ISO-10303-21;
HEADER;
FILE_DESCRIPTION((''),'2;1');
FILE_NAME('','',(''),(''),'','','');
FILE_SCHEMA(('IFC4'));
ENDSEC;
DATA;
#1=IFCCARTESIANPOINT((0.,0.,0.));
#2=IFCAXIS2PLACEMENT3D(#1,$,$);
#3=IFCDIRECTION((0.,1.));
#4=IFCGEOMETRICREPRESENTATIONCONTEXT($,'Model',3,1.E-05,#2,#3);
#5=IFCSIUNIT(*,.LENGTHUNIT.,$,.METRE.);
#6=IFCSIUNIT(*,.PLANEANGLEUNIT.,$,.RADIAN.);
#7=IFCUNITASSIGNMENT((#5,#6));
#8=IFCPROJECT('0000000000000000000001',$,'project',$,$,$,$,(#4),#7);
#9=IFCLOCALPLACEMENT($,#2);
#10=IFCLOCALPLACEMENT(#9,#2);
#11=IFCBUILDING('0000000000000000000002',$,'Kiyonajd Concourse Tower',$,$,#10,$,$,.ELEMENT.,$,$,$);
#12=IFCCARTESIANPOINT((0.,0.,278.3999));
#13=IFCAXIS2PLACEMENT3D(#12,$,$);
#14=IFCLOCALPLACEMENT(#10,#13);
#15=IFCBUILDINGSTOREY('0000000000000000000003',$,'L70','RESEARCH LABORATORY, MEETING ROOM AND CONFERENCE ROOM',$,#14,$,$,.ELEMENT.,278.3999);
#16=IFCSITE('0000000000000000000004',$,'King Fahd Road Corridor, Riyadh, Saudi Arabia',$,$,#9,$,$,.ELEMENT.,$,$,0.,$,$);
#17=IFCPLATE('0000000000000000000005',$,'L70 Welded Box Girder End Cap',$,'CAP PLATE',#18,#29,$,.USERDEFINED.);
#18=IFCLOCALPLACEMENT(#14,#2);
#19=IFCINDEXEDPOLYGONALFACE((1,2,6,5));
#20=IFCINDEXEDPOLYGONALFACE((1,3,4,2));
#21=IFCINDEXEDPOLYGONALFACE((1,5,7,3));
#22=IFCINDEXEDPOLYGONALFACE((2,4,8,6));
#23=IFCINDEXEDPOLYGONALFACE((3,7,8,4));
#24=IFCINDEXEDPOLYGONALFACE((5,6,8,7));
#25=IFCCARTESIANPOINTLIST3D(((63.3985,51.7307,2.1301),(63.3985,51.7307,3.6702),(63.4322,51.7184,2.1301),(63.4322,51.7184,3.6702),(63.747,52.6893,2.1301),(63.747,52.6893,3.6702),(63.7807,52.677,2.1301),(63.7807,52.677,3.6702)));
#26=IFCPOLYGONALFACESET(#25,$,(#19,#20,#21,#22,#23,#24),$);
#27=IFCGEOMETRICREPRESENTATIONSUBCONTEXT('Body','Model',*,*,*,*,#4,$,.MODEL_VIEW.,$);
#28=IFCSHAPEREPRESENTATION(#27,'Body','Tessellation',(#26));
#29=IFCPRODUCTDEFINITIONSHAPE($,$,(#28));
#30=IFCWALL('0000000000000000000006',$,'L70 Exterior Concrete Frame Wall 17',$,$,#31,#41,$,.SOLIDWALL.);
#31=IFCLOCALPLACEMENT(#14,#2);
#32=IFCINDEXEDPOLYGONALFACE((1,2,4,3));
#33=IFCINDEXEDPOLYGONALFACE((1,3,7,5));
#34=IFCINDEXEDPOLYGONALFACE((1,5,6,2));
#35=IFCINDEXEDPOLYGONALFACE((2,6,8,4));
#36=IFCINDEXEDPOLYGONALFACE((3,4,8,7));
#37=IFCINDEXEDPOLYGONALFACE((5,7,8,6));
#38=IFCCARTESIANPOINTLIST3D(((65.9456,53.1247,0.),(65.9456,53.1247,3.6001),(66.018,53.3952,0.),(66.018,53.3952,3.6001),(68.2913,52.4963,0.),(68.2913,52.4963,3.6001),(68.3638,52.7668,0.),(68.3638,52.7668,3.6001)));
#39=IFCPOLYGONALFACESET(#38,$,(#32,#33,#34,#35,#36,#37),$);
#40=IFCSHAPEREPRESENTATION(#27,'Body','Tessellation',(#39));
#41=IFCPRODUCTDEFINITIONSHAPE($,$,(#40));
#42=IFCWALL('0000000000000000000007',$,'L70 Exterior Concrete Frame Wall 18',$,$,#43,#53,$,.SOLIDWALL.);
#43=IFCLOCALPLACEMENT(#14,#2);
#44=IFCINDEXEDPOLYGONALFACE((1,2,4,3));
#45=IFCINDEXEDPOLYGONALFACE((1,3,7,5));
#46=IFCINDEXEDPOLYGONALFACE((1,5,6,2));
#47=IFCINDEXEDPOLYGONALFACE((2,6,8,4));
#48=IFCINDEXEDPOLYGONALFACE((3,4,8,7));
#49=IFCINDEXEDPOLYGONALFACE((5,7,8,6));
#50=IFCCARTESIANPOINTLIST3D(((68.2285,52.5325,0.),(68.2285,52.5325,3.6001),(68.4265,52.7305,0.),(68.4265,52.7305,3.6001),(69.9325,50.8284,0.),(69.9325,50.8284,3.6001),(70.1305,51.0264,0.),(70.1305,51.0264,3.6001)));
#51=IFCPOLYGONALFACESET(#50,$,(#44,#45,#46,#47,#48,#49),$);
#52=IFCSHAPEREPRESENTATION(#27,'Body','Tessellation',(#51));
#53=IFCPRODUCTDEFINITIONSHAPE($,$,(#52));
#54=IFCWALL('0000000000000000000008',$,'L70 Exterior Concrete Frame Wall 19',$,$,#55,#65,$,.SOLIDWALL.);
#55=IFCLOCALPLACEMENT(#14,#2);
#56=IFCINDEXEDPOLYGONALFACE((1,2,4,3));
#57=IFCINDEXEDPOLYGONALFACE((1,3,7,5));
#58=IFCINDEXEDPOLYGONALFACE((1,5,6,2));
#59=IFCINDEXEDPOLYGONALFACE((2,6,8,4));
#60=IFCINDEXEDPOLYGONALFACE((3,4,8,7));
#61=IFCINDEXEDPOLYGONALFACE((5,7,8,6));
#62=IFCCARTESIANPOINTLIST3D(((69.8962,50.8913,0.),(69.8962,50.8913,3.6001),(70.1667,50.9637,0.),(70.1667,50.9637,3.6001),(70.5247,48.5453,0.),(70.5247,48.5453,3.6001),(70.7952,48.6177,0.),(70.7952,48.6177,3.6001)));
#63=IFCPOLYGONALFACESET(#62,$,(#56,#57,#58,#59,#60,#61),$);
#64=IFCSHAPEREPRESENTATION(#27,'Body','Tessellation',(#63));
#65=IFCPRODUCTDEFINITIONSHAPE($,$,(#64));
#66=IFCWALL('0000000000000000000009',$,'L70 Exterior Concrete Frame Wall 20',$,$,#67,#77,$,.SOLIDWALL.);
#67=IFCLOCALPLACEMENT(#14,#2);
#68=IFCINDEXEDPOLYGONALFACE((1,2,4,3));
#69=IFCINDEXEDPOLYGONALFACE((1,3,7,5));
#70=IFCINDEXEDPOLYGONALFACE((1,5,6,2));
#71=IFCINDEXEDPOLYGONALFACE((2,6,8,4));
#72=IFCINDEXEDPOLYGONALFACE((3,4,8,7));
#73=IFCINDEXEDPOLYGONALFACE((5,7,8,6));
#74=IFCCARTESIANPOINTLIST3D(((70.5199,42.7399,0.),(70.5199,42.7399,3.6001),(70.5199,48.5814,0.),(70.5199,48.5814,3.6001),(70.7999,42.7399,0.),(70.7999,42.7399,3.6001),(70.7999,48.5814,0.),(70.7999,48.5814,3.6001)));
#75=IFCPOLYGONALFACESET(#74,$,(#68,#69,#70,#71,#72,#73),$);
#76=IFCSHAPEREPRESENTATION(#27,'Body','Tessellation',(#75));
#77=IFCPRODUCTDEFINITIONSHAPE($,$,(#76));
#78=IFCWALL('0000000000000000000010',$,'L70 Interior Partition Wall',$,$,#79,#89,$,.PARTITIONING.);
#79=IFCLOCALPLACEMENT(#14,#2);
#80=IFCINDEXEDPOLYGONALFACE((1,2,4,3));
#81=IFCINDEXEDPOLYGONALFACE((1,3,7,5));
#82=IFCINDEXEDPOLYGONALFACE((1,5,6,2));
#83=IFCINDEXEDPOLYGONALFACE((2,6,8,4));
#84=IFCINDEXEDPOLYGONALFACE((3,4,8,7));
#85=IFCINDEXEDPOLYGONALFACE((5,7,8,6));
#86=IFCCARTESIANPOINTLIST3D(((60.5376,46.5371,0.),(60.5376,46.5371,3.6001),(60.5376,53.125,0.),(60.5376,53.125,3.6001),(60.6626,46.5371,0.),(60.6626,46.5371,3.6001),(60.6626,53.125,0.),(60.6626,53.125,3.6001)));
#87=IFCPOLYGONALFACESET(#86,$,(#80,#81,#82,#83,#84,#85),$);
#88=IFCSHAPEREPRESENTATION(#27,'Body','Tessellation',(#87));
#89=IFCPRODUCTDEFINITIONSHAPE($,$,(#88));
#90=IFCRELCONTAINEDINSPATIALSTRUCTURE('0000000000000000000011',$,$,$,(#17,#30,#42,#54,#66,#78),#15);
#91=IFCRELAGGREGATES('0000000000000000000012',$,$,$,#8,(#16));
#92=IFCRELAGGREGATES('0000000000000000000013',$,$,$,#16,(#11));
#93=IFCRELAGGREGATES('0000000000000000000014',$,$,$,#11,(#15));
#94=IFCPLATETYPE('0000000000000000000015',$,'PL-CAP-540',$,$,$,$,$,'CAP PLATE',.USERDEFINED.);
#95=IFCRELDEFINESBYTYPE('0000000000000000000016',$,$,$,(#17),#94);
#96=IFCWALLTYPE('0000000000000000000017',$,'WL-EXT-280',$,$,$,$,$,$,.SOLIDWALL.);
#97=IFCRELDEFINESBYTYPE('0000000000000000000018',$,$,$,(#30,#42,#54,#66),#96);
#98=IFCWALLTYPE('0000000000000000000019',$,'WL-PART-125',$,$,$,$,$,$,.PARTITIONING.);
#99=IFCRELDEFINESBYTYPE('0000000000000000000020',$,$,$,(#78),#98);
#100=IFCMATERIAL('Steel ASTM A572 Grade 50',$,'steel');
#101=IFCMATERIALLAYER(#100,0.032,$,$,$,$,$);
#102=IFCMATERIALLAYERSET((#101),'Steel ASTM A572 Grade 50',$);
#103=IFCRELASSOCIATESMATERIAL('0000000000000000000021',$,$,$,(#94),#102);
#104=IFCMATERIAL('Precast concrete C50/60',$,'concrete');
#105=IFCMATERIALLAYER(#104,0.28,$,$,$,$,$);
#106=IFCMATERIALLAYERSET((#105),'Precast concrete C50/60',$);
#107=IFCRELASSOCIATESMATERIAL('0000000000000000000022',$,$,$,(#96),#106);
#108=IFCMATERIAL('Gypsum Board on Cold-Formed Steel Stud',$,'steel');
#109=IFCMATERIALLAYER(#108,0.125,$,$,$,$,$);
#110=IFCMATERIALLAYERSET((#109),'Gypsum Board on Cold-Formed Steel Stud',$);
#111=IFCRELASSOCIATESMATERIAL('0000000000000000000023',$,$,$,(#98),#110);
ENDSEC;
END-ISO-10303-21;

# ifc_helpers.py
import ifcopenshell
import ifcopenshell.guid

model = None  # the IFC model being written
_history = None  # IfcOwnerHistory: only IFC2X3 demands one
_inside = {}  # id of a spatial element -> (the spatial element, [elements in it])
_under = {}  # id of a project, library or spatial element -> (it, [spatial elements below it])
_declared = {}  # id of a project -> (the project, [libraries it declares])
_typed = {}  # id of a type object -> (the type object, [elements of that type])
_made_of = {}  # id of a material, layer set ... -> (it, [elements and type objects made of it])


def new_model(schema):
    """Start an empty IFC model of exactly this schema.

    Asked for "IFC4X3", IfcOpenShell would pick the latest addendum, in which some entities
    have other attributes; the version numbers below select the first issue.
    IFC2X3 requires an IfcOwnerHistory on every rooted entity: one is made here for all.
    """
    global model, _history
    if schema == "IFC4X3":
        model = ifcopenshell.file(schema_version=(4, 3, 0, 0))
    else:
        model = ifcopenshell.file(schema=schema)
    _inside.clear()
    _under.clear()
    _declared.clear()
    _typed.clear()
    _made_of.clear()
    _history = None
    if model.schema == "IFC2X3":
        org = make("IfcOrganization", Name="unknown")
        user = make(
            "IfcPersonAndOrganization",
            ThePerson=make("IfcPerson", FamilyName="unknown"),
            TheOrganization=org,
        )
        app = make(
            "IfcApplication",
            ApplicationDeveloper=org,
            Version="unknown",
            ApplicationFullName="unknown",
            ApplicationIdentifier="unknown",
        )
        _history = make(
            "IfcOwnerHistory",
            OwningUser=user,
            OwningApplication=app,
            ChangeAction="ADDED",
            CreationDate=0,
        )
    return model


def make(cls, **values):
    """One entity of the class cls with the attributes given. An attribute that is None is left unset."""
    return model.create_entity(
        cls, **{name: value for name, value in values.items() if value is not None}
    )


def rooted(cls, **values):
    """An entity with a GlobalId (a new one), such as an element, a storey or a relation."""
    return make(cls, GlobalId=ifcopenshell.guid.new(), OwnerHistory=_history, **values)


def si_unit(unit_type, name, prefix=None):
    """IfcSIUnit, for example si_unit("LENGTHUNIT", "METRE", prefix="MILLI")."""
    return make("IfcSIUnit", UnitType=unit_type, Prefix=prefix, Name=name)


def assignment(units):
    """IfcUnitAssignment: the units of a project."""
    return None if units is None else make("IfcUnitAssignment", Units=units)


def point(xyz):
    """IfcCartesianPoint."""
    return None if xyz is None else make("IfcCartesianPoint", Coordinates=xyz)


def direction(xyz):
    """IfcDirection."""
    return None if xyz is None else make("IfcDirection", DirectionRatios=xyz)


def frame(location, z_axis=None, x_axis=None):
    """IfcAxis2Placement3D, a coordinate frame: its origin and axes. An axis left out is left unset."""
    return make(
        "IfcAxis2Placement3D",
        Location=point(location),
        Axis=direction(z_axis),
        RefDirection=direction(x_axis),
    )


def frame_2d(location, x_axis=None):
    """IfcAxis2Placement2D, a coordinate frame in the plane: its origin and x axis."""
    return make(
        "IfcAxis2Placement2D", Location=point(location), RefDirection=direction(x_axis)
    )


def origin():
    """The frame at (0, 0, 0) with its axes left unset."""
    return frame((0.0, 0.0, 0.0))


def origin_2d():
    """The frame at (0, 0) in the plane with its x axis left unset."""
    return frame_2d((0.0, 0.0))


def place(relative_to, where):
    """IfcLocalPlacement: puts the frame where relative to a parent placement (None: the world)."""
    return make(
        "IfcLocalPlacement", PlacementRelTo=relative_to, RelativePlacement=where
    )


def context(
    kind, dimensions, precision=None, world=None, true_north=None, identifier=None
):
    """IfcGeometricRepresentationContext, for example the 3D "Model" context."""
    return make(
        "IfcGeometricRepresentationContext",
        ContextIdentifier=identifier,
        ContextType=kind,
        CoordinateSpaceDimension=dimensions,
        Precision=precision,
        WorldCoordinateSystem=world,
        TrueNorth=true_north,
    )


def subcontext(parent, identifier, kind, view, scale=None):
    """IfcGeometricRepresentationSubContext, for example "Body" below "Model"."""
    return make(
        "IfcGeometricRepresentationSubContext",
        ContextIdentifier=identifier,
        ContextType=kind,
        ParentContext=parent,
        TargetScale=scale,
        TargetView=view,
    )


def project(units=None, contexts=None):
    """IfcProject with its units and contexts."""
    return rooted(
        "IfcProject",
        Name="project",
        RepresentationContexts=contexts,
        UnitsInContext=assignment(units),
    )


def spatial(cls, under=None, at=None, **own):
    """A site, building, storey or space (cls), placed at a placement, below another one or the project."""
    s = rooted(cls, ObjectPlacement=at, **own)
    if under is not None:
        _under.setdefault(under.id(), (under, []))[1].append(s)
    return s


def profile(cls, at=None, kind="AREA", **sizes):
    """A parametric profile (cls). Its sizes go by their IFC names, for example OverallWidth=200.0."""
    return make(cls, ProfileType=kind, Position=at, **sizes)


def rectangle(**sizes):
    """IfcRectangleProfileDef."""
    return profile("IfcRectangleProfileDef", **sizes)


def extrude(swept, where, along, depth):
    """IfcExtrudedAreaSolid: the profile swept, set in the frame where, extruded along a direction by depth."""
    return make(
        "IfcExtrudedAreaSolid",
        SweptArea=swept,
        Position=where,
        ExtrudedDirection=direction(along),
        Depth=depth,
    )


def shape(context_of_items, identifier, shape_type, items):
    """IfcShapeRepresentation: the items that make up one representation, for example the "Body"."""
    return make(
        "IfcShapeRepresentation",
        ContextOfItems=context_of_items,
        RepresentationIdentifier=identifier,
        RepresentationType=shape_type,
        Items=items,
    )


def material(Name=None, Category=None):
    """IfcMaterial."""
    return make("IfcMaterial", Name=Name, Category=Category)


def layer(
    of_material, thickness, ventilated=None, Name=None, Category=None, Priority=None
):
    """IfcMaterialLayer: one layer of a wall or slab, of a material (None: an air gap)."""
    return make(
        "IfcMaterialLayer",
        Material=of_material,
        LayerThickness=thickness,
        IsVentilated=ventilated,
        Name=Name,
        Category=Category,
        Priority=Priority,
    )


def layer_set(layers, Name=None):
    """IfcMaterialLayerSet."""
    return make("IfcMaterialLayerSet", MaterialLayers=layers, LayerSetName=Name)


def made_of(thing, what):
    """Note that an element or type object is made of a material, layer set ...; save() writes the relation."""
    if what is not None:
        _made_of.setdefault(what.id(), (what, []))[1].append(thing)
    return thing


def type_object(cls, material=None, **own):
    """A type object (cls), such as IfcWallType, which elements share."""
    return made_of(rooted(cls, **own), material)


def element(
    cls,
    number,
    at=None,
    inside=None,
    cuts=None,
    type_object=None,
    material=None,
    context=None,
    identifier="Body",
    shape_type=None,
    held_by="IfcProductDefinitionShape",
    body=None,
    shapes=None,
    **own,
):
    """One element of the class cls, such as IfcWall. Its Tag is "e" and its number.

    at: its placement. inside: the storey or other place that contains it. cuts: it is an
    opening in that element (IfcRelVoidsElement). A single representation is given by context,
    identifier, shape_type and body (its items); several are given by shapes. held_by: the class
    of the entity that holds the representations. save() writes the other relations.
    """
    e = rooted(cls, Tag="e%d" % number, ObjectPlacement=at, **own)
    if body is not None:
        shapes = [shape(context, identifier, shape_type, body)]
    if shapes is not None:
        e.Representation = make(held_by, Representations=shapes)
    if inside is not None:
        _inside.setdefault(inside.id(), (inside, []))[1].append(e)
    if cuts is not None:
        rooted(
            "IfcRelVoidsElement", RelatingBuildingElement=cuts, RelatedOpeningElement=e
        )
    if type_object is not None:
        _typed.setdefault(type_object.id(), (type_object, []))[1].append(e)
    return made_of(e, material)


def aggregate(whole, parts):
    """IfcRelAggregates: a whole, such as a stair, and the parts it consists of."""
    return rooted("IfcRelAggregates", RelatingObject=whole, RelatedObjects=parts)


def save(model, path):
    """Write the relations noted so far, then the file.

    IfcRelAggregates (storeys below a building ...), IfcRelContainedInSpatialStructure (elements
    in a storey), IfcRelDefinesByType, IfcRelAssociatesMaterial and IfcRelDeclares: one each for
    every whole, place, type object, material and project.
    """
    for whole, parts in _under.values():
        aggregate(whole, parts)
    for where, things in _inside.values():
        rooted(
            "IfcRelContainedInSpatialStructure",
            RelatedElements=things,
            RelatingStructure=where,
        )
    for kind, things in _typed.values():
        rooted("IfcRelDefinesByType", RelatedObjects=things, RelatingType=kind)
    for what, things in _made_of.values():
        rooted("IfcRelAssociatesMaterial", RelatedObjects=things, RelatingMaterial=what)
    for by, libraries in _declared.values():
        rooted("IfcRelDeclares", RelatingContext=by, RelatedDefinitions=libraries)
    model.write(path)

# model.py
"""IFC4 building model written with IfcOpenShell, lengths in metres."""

from ifc_helpers import new_model, si_unit, direction, frame, frame_2d, origin, origin_2d, place, context, subcontext, project, spatial, rectangle, extrude, material, layer, layer_set, type_object, element, save


model = new_model("IFC4")

# Units and contexts
model_context = context("Model", 3, precision=1e-05, world=origin(), true_north=direction((0.0, 1.0)))
body_context = subcontext(model_context, "Body", "Model", "MODEL_VIEW")
ifc_project = project(units=[si_unit("LENGTHUNIT", "METRE"), si_unit("PLANEANGLEUNIT", "RADIAN")], contexts=[model_context])

# Site, building, storey
site_placement = place(None, origin())
site = spatial("IfcSite", under=ifc_project, at=site_placement, Name="King Fahd Road Corridor, Riyadh, Saudi Arabia", CompositionType="ELEMENT", RefElevation=0.0)
building_placement = place(site_placement, origin())
building = spatial("IfcBuilding", under=site, at=building_placement, Name="Kiyonajd Concourse Tower", CompositionType="ELEMENT")
storey_placement = place(building_placement, frame((0.0, 0.0, 278.3999)))
storey = spatial("IfcBuildingStorey", under=building, at=storey_placement, Name="L70", Description="RESEARCH LABORATORY, MEETING ROOM AND CONFERENCE ROOM", CompositionType="ELEMENT", Elevation=278.3999)

# Shared definitions
ifc_material_1 = material(Name="Steel ASTM A572 Grade 50", Category="steel")

# Plate
ifc_layer_1 = layer(ifc_material_1, 0.032)
ifc_layer_set_1 = layer_set([ifc_layer_1], Name="Steel ASTM A572 Grade 50")
plate_type_1 = type_object("IfcPlateType", Name="PL-CAP-540", ElementType="CAP PLATE", PredefinedType="USERDEFINED", material=ifc_layer_set_1)
for number, where, z_axis, x_axis, name in (
    (1, (63.5896, 52.2039, 2.1301), (0.0, 0.0, 1.0), (-0.939812, 0.341692, 0.0), "L70 Welded Box Girder End Cap"),
):
    element("IfcPlate", number, at=place(storey_placement, frame(where, z_axis=z_axis, x_axis=x_axis)), inside=storey, type_object=plate_type_1, Name=name, ObjectType="CAP PLATE", PredefinedType="USERDEFINED", context=body_context, shape_type="SweptSolid", body=[
        extrude(rectangle(XDim=0.0359, YDim=1.02, at=origin_2d()), origin(), (0.0, 0.0, 1.0), 1.54),
    ])

# Walls
ifc_material_2 = material(Name="Precast concrete C50/60", Category="concrete")
ifc_layer_2 = layer(ifc_material_2, 0.28)
ifc_layer_set_2 = layer_set([ifc_layer_2], Name="Precast concrete C50/60")
wall_type_1 = type_object("IfcWallType", Name="WL-EXT-280", PredefinedType="SOLIDWALL", material=ifc_layer_set_2)
wall_1_placement = place(storey_placement, frame((65.9817, 53.26, 0.0), z_axis=(0.0, 0.0, 1.0), x_axis=(0.965937, -0.258776, 0.0)))
element("IfcWall", 2, at=wall_1_placement, inside=storey, type_object=wall_type_1, Name="L70 Exterior Concrete Frame Wall 17", PredefinedType="SOLIDWALL", context=body_context, shape_type="SweptSolid", body=[
    extrude(rectangle(XDim=2.4285, YDim=0.28, at=frame_2d((1.2144, 0.0))), origin(), (0.0, 0.0, 1.0), 3.6001),
])
wall_2_placement = place(storey_placement, frame((68.3274, 52.6316, 0.0), z_axis=(0.0, 0.0, 1.0), x_axis=(0.707107, -0.707107, 0.0)))
element("IfcWall", 3, at=wall_2_placement, inside=storey, type_object=wall_type_1, Name="L70 Exterior Concrete Frame Wall 18", PredefinedType="SOLIDWALL", context=body_context, shape_type="SweptSolid", body=[
    extrude(rectangle(XDim=2.4099, YDim=0.28, at=frame_2d((1.2051, 0.0))), origin(), (0.0, 0.0, 1.0), 3.6001),
])
wall_3_placement = place(storey_placement, frame((70.0315, 50.9275, 0.0), z_axis=(0.0, 0.0, 1.0), x_axis=(0.258751, -0.965944, 0.0)))
element("IfcWall", 4, at=wall_3_placement, inside=storey, type_object=wall_type_1, Name="L70 Exterior Concrete Frame Wall 19", PredefinedType="SOLIDWALL", context=body_context, shape_type="SweptSolid", body=[
    extrude(rectangle(XDim=2.4287, YDim=0.28, at=frame_2d((1.2144, 0.0))), origin(), (0.0, 0.0, 1.0), 3.6001),
])
wall_4_placement = place(storey_placement, frame((70.6599, 48.5815, 0.0), z_axis=(0.0, 0.0, 1.0), x_axis=(0.0, -1.0, 0.0)))
element("IfcWall", 5, at=wall_4_placement, inside=storey, type_object=wall_type_1, Name="L70 Exterior Concrete Frame Wall 20", PredefinedType="SOLIDWALL", context=body_context, shape_type="SweptSolid", body=[
    extrude(rectangle(XDim=5.8416, YDim=0.28, at=frame_2d((2.9209, 0.0))), origin(), (0.0, 0.0, 1.0), 3.6001),
])
ifc_material_3 = material(Name="Gypsum Board on Cold-Formed Steel Stud", Category="steel")
ifc_layer_3 = layer(ifc_material_3, 0.125)
ifc_layer_set_3 = layer_set([ifc_layer_3], Name="Gypsum Board on Cold-Formed Steel Stud")
wall_type_2 = type_object("IfcWallType", Name="WL-PART-125", PredefinedType="PARTITIONING", material=ifc_layer_set_3)
wall_5_placement = place(storey_placement, frame((60.6001, 46.5371, 0.0), z_axis=(0.0, 0.0, 1.0), x_axis=(0.0, 1.0, 0.0)))
element("IfcWall", 6, at=wall_5_placement, inside=storey, type_object=wall_type_2, Name="L70 Interior Partition Wall", PredefinedType="PARTITIONING", context=body_context, shape_type="SweptSolid", body=[
    extrude(rectangle(XDim=6.5879, YDim=0.125, at=frame_2d((3.2939, 0.0))), origin(), (0.0, 0.0, 1.0), 3.6001),
])

save(model, "model.ifc")
